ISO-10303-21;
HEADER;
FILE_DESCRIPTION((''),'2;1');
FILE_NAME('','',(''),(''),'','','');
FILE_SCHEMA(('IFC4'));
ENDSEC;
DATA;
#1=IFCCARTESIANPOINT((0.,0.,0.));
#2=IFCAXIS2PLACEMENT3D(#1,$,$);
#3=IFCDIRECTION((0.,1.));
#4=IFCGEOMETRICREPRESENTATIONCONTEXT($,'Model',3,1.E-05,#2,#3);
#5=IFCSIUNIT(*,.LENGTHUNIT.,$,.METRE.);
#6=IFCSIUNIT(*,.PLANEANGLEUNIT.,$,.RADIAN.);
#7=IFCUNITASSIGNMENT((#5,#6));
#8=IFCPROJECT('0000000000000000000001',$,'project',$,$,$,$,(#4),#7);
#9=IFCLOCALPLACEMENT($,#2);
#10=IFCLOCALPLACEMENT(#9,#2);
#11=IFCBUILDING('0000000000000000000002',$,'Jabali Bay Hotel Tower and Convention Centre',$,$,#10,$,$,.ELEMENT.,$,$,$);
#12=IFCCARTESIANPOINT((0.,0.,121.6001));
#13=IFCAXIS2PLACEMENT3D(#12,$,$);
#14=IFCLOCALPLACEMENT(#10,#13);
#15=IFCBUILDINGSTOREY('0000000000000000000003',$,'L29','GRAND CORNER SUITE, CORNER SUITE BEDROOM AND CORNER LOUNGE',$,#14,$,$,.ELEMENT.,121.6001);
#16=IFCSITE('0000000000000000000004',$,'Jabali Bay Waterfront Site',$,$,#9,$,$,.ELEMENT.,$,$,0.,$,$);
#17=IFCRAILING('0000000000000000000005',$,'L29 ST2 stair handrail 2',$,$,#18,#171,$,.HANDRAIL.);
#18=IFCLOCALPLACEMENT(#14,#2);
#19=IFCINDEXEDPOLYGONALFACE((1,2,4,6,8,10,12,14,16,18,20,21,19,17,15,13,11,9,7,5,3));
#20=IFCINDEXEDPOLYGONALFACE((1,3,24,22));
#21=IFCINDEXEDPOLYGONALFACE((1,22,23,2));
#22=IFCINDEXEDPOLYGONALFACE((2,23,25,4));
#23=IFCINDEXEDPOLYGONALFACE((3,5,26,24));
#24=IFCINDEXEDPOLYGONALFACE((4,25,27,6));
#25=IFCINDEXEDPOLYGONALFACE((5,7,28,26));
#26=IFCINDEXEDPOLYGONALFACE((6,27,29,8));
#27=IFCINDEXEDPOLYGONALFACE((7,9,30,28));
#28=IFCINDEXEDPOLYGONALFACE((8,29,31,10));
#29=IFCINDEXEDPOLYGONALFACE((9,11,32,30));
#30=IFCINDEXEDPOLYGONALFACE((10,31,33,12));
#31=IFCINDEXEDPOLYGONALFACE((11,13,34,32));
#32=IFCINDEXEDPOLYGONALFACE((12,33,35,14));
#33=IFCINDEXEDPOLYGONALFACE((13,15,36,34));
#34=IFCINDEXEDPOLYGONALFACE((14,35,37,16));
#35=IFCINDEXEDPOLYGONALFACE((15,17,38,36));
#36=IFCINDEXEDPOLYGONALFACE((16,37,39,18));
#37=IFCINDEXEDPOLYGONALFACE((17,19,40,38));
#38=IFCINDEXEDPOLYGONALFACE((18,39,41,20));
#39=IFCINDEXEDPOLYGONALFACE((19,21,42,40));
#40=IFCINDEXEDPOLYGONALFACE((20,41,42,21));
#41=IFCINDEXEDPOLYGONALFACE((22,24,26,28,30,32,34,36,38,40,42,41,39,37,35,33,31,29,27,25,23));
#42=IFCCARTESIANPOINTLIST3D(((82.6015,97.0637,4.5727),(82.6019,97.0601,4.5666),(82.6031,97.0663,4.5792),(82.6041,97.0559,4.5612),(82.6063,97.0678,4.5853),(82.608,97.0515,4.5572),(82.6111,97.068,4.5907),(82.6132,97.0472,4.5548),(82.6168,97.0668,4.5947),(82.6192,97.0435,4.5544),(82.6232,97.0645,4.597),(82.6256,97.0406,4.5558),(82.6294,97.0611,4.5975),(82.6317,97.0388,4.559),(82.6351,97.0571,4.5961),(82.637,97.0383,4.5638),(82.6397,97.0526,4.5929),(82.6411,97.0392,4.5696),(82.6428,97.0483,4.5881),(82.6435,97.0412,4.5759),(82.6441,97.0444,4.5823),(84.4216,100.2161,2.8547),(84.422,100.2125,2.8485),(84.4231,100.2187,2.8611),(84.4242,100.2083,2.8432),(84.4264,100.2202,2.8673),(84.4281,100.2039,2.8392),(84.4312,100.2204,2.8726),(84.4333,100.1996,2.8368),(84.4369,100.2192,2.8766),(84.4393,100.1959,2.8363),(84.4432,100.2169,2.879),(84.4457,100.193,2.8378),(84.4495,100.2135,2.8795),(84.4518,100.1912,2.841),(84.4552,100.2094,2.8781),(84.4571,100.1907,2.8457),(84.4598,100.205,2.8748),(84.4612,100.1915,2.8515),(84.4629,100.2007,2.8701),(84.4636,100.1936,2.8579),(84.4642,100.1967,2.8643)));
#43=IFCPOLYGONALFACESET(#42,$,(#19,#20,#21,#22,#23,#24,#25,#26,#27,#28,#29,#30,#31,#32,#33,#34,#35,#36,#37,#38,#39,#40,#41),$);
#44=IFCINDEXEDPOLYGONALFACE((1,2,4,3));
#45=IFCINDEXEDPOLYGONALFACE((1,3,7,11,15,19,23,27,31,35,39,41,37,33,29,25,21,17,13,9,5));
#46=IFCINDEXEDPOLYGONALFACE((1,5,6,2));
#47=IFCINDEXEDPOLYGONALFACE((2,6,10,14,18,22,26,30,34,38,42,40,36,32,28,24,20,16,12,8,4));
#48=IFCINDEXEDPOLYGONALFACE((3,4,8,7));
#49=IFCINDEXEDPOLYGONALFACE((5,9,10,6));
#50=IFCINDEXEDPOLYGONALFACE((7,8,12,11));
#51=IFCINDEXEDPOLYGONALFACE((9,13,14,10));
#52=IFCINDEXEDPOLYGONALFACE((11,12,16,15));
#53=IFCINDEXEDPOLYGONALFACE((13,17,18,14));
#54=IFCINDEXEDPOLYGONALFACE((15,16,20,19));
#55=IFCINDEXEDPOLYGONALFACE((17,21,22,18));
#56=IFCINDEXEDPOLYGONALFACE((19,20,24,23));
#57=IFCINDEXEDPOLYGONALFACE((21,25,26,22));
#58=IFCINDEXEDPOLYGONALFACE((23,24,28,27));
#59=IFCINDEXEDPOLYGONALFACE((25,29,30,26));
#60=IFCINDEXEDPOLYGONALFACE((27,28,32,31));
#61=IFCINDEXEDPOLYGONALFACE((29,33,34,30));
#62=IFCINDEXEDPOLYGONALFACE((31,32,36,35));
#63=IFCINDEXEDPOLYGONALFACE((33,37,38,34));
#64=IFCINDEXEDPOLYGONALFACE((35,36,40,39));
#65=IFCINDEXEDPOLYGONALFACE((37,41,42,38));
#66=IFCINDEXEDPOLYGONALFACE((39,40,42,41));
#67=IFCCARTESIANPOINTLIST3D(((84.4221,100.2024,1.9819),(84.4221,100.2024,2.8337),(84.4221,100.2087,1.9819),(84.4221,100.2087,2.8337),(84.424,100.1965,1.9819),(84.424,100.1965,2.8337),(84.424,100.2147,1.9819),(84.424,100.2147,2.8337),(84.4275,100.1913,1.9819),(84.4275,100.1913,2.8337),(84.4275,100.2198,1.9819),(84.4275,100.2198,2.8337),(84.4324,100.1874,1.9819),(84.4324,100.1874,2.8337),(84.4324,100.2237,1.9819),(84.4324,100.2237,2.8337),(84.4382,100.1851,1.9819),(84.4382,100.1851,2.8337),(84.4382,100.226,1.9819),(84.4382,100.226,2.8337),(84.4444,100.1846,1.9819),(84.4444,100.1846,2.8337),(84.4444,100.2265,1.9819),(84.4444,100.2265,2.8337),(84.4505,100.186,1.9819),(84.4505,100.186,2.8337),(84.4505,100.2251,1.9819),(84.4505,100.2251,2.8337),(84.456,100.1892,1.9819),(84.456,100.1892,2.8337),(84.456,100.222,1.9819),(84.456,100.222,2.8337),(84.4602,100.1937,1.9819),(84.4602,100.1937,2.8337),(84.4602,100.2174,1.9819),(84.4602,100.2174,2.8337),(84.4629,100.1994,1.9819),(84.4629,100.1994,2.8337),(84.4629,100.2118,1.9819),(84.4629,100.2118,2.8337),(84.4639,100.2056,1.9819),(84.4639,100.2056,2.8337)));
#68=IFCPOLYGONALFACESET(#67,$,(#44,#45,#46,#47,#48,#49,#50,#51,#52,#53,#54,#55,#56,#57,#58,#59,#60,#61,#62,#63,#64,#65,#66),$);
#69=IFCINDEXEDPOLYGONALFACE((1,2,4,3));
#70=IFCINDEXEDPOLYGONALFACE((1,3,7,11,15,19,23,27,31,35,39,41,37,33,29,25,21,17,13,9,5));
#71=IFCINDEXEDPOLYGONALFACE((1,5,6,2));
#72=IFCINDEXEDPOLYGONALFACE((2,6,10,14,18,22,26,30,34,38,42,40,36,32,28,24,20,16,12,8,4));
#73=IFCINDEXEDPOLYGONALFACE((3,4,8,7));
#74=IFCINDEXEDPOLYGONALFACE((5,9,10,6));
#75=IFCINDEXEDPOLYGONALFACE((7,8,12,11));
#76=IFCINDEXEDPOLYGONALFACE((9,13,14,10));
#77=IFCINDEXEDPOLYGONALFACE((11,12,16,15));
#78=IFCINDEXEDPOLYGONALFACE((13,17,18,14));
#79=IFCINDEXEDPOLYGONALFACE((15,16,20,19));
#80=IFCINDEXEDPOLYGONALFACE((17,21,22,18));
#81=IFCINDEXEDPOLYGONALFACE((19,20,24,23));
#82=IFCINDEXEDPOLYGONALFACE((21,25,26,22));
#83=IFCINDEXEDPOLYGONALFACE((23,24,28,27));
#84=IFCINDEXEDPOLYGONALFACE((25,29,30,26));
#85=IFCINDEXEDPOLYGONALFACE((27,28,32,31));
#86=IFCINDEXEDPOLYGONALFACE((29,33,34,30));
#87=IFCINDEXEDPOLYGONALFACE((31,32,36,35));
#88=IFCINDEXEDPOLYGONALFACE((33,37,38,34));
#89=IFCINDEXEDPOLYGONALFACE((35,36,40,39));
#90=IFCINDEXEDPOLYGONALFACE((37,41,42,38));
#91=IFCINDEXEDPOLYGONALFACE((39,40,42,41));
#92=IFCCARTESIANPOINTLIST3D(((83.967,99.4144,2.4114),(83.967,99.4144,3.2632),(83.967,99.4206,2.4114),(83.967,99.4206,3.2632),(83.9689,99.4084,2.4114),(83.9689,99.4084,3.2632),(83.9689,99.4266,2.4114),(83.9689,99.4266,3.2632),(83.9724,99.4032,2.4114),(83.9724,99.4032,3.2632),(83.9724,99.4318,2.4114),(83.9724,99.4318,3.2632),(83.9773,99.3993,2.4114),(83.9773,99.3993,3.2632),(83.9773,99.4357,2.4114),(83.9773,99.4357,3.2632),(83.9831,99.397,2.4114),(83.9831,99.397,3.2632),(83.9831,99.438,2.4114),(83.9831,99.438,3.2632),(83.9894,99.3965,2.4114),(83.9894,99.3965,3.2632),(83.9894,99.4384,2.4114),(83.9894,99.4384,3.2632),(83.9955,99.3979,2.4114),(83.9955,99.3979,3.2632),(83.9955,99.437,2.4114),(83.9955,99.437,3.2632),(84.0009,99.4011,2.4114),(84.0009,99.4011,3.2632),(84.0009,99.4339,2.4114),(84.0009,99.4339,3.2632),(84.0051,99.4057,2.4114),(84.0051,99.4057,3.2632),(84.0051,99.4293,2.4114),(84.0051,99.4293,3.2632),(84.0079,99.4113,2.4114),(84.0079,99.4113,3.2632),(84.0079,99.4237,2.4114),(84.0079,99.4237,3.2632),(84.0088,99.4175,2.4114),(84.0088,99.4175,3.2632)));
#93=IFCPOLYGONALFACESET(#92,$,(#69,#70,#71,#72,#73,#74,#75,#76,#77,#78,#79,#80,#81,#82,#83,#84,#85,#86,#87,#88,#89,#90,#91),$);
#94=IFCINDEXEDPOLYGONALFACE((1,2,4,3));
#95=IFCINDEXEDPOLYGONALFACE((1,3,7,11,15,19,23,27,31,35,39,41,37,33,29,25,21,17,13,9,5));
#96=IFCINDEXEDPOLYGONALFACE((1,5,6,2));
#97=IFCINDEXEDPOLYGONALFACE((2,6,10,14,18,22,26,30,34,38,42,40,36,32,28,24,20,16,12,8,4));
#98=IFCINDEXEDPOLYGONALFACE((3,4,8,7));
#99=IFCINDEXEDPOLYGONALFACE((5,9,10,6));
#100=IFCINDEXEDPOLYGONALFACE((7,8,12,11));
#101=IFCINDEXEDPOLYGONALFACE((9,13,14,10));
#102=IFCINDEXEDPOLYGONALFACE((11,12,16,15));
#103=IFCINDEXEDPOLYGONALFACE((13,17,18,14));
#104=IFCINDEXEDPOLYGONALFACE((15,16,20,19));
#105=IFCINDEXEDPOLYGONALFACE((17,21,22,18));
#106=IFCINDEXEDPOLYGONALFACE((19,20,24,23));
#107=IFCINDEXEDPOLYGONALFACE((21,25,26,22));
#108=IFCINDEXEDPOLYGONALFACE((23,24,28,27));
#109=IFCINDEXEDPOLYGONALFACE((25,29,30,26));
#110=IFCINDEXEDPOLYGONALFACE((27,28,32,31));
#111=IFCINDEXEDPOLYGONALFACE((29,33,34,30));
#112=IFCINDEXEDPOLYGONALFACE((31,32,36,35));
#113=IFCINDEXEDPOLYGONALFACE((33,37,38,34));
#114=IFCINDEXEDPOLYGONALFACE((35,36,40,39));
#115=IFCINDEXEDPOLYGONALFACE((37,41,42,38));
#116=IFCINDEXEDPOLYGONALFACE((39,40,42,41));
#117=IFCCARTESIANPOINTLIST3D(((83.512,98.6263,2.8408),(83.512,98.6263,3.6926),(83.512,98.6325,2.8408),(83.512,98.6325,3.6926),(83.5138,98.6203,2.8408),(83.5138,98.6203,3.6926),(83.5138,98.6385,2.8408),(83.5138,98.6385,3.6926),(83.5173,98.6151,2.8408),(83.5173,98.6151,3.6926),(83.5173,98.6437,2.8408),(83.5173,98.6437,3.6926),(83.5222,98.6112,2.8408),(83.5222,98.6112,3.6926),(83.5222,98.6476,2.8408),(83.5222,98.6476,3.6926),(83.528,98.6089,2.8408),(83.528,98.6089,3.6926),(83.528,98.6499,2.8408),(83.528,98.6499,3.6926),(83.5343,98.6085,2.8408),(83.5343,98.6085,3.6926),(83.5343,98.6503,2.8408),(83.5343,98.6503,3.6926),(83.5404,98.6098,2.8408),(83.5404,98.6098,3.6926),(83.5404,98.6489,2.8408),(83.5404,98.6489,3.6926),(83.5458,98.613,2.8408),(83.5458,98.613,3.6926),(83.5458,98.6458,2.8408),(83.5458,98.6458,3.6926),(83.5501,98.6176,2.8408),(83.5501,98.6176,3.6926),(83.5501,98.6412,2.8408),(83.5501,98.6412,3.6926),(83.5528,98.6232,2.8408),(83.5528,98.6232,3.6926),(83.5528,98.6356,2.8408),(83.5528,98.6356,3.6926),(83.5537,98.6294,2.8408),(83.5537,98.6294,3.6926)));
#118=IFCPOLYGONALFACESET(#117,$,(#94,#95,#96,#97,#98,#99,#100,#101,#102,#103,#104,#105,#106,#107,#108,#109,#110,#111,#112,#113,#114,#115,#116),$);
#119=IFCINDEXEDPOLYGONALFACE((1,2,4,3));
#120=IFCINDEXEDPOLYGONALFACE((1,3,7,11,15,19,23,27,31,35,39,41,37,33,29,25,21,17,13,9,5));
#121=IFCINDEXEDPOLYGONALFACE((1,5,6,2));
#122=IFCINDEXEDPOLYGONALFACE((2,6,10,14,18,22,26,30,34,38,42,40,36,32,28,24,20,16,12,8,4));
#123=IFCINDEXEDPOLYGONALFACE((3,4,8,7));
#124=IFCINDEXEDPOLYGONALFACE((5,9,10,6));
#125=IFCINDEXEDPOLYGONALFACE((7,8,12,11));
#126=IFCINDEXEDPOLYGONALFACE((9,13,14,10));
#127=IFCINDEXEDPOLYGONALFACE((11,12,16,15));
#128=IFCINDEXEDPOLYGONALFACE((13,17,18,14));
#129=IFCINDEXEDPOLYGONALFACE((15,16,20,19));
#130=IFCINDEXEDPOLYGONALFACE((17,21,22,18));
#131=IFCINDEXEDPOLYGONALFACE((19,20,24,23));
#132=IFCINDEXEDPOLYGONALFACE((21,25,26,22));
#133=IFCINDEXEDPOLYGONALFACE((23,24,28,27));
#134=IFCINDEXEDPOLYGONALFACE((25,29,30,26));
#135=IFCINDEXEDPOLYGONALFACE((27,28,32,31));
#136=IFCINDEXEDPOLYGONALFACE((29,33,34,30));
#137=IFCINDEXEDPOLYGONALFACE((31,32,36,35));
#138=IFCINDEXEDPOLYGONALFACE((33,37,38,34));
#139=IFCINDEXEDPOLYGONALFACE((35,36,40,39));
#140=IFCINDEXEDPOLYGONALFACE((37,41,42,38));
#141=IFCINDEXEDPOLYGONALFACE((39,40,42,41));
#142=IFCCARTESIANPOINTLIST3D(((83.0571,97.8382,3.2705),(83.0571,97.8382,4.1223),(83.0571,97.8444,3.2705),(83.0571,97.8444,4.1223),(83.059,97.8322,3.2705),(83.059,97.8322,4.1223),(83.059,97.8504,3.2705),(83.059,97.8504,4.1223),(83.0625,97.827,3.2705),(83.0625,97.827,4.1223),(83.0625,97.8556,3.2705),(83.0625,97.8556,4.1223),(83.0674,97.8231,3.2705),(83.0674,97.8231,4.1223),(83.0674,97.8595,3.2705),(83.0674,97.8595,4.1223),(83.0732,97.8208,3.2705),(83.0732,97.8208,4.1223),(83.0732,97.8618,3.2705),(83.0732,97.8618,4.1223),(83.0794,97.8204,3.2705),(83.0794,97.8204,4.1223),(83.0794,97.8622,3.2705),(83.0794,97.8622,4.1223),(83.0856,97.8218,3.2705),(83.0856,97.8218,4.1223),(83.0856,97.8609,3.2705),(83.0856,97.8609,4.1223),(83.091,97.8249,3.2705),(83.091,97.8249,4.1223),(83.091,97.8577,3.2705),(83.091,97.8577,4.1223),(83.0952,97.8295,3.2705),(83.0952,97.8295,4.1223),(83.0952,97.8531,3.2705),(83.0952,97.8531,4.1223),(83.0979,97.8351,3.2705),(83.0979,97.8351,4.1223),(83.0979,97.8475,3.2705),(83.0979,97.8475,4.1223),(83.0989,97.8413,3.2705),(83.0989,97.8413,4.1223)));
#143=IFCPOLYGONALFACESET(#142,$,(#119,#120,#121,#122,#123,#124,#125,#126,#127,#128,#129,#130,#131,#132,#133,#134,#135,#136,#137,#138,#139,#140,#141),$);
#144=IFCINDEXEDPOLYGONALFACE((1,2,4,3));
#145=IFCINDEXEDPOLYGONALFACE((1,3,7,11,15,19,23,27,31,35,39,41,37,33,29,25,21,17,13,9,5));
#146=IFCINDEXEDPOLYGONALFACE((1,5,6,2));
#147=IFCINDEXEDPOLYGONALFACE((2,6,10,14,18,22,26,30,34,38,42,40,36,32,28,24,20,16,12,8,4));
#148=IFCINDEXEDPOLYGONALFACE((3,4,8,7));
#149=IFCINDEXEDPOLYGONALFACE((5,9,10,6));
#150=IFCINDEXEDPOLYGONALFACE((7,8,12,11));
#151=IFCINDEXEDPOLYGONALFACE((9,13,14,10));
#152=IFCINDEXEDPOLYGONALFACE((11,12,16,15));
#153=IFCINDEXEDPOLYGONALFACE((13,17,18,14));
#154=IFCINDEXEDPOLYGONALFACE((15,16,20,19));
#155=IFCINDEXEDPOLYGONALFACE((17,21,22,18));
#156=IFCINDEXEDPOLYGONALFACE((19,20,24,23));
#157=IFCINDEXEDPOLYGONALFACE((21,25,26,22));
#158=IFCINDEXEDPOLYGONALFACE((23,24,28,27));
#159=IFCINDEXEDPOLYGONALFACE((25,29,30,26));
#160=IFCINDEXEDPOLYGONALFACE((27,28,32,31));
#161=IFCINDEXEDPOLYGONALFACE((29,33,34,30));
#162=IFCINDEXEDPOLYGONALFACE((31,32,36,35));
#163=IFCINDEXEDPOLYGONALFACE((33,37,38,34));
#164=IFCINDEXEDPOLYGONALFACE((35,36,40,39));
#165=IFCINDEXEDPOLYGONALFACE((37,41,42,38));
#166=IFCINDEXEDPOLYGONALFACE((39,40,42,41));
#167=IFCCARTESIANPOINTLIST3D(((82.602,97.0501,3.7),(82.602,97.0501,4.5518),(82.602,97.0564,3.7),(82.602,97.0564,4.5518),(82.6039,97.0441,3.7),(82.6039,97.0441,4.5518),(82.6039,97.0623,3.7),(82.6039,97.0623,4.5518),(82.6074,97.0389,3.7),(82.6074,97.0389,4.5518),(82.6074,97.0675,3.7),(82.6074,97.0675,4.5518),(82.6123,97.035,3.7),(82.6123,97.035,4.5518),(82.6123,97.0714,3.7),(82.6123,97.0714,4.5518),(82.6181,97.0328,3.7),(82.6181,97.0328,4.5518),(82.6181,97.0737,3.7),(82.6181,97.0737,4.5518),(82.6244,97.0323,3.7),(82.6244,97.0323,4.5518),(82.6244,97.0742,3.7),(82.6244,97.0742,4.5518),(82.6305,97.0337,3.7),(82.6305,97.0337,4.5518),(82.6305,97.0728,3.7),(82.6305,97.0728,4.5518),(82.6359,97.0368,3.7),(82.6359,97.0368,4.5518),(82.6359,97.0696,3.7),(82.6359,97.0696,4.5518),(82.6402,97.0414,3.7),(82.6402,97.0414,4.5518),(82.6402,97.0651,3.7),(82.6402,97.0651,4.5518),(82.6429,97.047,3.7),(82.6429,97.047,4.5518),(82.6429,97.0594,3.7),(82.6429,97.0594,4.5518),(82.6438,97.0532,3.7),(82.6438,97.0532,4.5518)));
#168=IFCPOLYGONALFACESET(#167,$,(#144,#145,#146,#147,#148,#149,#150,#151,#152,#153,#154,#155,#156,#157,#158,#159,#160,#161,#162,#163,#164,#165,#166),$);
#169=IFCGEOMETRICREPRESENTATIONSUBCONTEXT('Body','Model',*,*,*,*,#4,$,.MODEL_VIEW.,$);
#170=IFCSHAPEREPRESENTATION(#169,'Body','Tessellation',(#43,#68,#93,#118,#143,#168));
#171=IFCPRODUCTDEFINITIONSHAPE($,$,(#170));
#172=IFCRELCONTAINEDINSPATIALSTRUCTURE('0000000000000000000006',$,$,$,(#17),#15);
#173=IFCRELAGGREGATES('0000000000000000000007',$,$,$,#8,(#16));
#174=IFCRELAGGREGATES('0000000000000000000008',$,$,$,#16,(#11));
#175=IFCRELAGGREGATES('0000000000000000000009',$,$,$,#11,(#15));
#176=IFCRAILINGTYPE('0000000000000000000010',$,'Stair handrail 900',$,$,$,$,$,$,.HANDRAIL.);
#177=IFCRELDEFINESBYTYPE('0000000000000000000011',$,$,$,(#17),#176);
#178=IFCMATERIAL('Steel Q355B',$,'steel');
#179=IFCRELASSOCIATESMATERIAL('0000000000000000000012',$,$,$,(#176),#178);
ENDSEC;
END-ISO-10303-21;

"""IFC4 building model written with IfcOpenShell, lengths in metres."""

from ifc_helpers import new_model, si_unit, direction, frame, origin, origin_2d, place, context, subcontext, project, spatial, circle, extrude, material, type_object, element, save


model = new_model("IFC4")

# Units and contexts
model_context = context("Model", 3, precision=1e-05, world=origin(), true_north=direction((0.0, 1.0)))
body_context = subcontext(model_context, "Body", "Model", "MODEL_VIEW")
ifc_project = project(units=[si_unit("LENGTHUNIT", "METRE"), si_unit("PLANEANGLEUNIT", "RADIAN")], contexts=[model_context])

# Site, building, storey
site_placement = place(None, origin())
site = spatial("IfcSite", under=ifc_project, at=site_placement, Name="Jabali Bay Waterfront Site", CompositionType="ELEMENT", RefElevation=0.0)
building_placement = place(site_placement, origin())
building = spatial("IfcBuilding", under=site, at=building_placement, Name="Jabali Bay Hotel Tower and Convention Centre", CompositionType="ELEMENT")
storey_placement = place(building_placement, frame((0.0, 0.0, 121.6001)))
storey = spatial("IfcBuildingStorey", under=building, at=storey_placement, Name="L29", Description="GRAND CORNER SUITE, CORNER SUITE BEDROOM AND CORNER LOUNGE", CompositionType="ELEMENT", Elevation=121.6001)

# Railing
ifc_material_1 = material(Name="Steel Q355B", Category="steel")
railing_type_1 = type_object("IfcRailingType", Name="Stair handrail 900", PredefinedType="HANDRAIL", material=ifc_material_1)
railing_1_placement = place(storey_placement, frame((84.4429, 100.2056, 1.9819)))
element("IfcRailing", 1, at=railing_1_placement, inside=storey, type_object=railing_type_1, Name="L29 ST2 stair handrail 2", PredefinedType="HANDRAIL", context=body_context, shape_type="SweptSolid", body=[
    extrude(circle(Radius=0.0239, at=origin_2d()), frame((0.0, 0.0, 0.876), z_axis=(-0.452179, -0.78317, 0.426825), x_axis=(0.866018, -0.500013, 0.0)), (0.0, 0.0, 1.0), 4.0251),
    extrude(circle(Radius=0.021, at=origin_2d()), origin(), (0.0, 0.0, 1.0), 0.8518),
    extrude(circle(Radius=0.021, at=origin_2d()), frame((-0.4551, -0.7881, 0.4294)), (0.0, 0.0, 1.0), 0.8518),
    extrude(circle(Radius=0.021, at=origin_2d()), frame((-0.9102, -1.5762, 0.8589)), (0.0, 0.0, 1.0), 0.8518),
    extrude(circle(Radius=0.021, at=origin_2d()), frame((-1.365, -2.3643, 1.2886)), (0.0, 0.0, 1.0), 0.8518),
    extrude(circle(Radius=0.021, at=origin_2d()), frame((-1.8201, -3.1523, 1.718)), (0.0, 0.0, 1.0), 0.8518),
])

save(model, "model.ifc")
